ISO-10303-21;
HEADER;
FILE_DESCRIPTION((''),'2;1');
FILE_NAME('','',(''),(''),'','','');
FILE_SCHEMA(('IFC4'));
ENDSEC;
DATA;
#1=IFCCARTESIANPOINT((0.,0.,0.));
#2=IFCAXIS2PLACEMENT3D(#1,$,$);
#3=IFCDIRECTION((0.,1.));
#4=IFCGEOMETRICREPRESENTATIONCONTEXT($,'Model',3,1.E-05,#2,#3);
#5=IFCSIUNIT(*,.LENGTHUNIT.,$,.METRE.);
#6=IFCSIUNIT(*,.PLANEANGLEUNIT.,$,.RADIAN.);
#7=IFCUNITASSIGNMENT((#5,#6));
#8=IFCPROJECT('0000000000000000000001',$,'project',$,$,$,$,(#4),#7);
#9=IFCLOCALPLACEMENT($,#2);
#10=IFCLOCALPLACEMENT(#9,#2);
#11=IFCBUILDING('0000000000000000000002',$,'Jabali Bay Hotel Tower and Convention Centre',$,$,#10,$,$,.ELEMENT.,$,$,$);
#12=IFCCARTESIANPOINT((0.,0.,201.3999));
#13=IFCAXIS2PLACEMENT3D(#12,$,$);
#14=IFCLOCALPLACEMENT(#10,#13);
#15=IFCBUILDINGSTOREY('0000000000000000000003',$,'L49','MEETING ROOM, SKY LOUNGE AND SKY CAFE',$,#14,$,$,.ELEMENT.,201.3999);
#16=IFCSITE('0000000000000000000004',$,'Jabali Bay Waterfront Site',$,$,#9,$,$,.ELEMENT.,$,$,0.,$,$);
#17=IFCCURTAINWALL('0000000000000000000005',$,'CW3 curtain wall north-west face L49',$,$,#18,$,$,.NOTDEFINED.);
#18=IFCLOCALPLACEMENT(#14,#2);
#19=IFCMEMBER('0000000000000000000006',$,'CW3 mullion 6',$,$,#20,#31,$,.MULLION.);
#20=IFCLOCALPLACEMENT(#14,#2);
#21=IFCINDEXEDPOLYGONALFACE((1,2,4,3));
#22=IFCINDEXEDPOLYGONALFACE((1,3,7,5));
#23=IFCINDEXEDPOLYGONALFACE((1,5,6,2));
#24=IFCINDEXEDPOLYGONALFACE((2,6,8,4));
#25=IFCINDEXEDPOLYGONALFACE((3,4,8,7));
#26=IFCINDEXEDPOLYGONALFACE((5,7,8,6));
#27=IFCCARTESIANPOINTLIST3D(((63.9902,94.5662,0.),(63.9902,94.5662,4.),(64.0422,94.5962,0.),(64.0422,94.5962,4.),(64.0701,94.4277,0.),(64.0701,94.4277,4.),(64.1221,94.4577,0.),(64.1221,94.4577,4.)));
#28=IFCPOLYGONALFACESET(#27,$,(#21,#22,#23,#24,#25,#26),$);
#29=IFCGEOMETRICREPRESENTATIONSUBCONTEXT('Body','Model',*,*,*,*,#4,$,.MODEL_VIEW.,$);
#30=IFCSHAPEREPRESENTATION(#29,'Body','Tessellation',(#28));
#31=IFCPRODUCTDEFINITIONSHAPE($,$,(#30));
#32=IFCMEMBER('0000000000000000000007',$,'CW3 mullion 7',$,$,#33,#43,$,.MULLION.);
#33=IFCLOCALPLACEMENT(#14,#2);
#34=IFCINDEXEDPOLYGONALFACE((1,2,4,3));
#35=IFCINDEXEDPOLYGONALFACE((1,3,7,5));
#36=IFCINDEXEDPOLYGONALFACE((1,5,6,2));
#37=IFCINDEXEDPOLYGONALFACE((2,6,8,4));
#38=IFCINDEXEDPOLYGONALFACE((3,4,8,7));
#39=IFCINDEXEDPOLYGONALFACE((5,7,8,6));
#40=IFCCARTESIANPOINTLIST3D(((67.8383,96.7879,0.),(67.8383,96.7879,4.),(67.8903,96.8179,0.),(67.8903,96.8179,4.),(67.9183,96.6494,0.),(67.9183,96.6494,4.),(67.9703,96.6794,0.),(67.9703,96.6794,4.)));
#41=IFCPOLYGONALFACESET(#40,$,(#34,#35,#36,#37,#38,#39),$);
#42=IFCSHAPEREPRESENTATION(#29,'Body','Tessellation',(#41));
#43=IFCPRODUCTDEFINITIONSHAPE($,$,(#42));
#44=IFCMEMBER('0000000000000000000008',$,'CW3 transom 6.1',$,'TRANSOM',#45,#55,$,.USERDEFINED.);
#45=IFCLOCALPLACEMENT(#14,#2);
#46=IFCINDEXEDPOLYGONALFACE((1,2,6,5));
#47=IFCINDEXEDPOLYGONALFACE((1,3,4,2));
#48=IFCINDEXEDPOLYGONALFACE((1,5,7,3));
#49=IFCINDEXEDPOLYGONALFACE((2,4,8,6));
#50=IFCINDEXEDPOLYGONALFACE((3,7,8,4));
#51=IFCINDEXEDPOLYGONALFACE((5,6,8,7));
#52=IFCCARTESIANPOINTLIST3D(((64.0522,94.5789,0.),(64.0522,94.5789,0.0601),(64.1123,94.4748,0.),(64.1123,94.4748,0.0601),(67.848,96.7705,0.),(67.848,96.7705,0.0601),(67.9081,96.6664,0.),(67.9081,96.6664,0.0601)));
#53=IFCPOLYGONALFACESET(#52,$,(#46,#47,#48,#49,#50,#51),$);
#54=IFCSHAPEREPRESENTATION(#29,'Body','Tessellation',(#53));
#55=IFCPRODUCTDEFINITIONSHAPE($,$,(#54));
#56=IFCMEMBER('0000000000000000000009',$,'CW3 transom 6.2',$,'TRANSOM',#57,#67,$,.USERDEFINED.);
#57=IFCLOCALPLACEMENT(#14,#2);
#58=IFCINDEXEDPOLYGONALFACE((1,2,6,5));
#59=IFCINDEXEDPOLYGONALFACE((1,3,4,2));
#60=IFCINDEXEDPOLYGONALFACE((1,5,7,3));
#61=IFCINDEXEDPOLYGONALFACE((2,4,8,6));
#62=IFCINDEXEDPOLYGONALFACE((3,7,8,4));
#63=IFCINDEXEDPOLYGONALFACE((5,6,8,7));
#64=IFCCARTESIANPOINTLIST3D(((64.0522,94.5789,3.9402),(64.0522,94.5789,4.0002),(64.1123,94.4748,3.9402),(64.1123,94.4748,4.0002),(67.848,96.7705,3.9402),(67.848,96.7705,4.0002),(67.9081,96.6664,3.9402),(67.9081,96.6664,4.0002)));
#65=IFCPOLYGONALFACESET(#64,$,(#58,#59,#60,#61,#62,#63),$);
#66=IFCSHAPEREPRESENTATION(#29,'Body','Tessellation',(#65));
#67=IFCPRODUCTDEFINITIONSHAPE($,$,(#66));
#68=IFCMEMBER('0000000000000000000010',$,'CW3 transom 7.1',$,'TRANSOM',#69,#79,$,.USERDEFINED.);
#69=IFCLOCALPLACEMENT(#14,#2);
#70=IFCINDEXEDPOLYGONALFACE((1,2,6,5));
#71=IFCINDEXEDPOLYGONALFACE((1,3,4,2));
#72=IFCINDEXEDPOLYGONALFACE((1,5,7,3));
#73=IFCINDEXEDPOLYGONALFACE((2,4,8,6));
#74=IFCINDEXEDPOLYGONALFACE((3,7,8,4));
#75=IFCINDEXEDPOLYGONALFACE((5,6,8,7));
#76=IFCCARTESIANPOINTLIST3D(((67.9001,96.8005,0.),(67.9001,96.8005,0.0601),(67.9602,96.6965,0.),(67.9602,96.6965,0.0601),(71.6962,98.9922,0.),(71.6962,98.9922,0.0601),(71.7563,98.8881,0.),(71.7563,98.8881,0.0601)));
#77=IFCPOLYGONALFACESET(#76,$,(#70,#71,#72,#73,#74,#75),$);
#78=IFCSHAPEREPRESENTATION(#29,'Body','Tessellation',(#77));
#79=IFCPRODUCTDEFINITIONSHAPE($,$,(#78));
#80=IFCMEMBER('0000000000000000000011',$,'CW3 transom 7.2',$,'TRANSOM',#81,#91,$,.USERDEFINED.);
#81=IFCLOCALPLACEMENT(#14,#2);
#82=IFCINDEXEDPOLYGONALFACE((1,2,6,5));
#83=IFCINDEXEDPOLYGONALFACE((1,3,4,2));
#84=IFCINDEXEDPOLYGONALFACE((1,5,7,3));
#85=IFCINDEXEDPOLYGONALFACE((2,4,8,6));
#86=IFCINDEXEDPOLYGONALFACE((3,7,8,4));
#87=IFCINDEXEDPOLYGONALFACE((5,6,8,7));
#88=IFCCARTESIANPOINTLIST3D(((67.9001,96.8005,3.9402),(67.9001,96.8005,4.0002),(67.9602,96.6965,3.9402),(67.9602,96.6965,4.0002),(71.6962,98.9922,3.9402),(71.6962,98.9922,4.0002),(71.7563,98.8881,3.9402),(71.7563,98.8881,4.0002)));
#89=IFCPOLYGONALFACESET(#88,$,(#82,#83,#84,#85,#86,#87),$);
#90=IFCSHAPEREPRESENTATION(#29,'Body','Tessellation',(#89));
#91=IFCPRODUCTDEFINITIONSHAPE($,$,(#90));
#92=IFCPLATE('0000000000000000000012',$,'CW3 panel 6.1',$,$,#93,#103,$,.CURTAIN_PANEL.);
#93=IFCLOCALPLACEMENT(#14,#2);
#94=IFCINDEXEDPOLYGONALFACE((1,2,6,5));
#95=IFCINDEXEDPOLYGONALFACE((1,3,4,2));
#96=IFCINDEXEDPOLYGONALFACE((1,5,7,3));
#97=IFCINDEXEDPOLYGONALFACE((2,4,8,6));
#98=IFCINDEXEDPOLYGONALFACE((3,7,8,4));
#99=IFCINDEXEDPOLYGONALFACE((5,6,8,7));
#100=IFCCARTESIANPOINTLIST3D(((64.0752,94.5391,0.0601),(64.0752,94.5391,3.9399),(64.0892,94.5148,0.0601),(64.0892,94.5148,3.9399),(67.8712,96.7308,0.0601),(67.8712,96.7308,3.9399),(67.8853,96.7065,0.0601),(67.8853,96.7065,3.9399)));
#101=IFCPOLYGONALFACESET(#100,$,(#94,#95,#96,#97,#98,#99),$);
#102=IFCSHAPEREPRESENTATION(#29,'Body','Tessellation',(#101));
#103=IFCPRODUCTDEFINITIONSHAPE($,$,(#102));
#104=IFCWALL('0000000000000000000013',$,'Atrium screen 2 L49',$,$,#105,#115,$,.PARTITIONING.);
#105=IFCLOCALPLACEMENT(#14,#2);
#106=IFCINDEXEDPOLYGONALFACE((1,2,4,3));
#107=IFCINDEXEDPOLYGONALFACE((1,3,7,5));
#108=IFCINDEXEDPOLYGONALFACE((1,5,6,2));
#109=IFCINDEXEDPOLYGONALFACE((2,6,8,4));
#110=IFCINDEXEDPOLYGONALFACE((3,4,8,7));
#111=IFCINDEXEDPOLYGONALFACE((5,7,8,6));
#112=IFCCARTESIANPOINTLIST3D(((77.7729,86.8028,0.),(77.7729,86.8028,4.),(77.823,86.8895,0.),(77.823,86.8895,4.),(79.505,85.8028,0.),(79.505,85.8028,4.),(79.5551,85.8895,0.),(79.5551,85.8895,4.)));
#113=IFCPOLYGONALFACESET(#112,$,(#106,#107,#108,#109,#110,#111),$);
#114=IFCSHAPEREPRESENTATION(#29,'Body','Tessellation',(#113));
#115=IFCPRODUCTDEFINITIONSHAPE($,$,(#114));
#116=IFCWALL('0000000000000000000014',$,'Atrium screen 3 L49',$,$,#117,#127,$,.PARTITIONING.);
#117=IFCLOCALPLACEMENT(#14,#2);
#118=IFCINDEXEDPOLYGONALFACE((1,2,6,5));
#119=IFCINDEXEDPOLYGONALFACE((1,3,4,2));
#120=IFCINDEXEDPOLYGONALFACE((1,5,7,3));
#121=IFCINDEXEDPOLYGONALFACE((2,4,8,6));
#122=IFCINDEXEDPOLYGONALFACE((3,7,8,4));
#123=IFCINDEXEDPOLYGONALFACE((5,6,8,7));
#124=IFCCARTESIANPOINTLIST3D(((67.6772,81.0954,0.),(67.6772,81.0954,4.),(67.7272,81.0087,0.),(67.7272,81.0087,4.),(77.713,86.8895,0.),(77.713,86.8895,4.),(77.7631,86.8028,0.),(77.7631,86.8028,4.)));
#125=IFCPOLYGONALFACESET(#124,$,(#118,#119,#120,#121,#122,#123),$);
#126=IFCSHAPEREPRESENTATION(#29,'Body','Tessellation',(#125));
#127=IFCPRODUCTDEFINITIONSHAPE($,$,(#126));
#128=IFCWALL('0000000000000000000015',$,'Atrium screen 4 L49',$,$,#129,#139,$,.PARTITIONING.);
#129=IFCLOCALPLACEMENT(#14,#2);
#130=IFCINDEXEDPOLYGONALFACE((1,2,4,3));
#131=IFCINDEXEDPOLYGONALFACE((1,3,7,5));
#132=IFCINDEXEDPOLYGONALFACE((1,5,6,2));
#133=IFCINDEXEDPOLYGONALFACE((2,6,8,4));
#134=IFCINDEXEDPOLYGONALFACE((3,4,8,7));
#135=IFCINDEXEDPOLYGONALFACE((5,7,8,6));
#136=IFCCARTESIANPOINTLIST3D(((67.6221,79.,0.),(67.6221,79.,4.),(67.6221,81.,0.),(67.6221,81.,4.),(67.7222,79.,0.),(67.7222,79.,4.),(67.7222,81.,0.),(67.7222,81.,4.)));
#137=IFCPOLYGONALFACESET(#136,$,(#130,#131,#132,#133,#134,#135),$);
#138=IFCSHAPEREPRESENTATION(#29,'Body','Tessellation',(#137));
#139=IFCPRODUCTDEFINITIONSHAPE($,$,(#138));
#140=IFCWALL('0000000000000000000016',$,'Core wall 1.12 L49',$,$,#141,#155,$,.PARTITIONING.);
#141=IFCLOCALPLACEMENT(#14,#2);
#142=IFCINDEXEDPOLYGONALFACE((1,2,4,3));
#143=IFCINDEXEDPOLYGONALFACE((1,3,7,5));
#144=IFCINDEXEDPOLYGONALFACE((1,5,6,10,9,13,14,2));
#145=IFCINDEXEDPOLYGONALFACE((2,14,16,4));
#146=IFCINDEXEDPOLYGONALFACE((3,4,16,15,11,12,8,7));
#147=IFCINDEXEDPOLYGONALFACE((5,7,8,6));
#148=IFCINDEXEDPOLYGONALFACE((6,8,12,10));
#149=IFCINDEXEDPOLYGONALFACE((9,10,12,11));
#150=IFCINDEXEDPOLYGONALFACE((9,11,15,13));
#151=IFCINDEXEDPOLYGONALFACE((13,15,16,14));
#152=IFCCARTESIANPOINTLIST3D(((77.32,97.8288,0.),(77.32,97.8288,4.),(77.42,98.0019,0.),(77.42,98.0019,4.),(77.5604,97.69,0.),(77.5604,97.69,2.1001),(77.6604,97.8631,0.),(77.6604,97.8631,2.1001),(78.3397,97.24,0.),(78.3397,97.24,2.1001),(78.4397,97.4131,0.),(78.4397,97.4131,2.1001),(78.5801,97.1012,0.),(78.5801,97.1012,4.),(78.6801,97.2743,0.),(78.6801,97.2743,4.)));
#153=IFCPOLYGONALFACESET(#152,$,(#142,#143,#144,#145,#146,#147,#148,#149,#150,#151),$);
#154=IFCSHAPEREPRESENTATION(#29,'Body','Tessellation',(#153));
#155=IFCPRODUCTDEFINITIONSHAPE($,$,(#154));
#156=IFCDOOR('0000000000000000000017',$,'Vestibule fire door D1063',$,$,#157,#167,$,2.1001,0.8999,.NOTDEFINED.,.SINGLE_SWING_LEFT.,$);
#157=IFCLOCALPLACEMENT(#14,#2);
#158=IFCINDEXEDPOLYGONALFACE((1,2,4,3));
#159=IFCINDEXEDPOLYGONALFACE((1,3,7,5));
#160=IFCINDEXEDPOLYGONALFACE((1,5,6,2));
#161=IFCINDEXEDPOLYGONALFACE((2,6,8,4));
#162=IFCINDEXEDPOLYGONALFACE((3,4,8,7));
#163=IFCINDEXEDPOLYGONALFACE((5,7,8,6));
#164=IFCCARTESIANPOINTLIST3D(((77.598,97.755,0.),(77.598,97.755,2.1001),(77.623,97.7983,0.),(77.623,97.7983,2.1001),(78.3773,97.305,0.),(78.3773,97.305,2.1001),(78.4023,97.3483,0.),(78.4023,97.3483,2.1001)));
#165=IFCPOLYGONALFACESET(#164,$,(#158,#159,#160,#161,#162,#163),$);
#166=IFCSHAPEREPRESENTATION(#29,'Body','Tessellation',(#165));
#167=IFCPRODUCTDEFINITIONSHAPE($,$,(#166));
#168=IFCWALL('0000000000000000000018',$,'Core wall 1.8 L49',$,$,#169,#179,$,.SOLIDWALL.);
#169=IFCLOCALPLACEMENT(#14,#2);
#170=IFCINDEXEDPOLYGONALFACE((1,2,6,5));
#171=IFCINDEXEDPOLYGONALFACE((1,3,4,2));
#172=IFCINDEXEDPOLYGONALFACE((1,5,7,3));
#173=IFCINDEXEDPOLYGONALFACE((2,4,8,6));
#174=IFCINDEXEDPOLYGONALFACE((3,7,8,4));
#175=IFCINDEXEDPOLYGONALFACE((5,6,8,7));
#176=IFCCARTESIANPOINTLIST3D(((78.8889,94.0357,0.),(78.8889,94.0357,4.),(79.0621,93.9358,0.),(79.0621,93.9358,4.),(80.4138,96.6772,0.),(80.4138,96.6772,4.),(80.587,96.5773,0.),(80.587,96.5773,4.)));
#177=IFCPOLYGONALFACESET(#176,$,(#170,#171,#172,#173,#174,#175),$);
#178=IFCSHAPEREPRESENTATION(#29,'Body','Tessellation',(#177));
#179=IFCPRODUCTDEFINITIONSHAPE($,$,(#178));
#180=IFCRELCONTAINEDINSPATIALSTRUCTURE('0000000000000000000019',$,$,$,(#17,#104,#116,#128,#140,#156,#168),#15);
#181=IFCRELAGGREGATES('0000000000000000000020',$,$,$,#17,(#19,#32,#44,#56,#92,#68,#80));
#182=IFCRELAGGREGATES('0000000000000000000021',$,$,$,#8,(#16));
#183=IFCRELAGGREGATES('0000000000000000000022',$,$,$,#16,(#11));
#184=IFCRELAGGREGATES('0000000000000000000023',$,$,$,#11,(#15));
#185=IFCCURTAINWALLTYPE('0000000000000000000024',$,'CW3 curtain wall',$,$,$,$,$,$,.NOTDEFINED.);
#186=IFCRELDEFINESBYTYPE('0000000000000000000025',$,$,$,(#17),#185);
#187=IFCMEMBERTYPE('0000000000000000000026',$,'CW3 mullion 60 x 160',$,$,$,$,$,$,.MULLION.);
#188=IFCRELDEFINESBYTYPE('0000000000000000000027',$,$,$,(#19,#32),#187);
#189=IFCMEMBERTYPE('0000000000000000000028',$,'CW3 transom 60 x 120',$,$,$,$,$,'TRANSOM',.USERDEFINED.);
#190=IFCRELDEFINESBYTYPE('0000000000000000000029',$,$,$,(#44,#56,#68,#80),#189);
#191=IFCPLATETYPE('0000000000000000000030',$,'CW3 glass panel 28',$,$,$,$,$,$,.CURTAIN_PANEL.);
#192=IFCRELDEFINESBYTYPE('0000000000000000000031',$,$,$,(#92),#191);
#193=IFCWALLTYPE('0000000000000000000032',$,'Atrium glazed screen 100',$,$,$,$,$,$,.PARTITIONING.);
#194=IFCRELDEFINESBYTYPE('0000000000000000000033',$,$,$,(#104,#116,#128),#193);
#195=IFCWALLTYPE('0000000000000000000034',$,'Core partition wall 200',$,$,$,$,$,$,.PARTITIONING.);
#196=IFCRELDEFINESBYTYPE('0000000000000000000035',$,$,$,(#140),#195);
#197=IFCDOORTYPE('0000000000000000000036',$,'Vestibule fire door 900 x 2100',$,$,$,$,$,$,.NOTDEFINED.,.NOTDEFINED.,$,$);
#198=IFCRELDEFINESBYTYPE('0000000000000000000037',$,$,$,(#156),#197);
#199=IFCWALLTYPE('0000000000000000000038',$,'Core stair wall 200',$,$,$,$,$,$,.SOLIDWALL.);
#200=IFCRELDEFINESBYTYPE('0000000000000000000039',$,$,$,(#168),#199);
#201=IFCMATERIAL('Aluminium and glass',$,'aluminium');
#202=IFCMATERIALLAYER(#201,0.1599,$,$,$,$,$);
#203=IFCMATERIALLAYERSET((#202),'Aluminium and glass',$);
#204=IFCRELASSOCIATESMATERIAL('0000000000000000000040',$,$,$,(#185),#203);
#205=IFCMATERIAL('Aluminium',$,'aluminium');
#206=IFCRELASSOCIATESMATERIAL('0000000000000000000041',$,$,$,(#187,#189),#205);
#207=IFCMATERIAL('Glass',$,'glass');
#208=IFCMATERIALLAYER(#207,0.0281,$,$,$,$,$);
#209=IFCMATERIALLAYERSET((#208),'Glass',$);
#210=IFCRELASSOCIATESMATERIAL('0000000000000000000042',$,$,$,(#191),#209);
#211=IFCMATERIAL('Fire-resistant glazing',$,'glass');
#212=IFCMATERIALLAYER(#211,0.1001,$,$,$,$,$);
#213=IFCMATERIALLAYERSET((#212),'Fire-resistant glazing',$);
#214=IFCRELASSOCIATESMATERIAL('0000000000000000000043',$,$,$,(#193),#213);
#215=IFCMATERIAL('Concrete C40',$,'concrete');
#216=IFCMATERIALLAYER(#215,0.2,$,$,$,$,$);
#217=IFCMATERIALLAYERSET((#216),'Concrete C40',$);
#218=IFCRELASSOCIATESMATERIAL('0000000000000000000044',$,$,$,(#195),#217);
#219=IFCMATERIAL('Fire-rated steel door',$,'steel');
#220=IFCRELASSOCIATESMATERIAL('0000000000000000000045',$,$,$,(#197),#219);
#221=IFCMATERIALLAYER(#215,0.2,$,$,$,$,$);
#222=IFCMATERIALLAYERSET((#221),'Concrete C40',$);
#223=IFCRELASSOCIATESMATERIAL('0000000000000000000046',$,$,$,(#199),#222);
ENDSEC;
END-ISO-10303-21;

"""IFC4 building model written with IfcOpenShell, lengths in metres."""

from ifc_helpers import new_model, si_unit, direction, frame, frame_2d, origin, origin_2d, place, context, subcontext, project, spatial, rectangle, extrude, material, layer, layer_set, material_profile, profile_set, type_object, element, fill, aggregate, save


model = new_model("IFC4")

# Units and contexts
model_context = context("Model", 3, precision=1e-05, world=origin(), true_north=direction((0.0, 1.0)))
body_context = subcontext(model_context, "Body", "Model", "MODEL_VIEW")
ifc_project = project(units=[si_unit("LENGTHUNIT", "METRE"), si_unit("PLANEANGLEUNIT", "RADIAN")], contexts=[model_context])

# Site, building, storey
site_placement = place(None, origin())
site = spatial("IfcSite", under=ifc_project, at=site_placement, Name="Jabali Bay Waterfront Site", CompositionType="ELEMENT", RefElevation=0.0)
building_placement = place(site_placement, origin())
building = spatial("IfcBuilding", under=site, at=building_placement, Name="Jabali Bay Hotel Tower and Convention Centre", CompositionType="ELEMENT")
storey_placement = place(building_placement, frame((0.0, 0.0, 201.3999)))
storey = spatial("IfcBuildingStorey", under=building, at=storey_placement, Name="L49", Description="MEETING ROOM, SKY LOUNGE AND SKY CAFE", CompositionType="ELEMENT", Elevation=201.3999)

# Curtain wall, members, plate
ifc_material_1 = material(Name="Aluminium and glass", Category="aluminium")
ifc_layer_1 = layer(ifc_material_1, 0.1599)
ifc_layer_set_1 = layer_set([ifc_layer_1], Name="Aluminium and glass")
curtain_wall_type = type_object("IfcCurtainWallType", Name="CW3 curtain wall", PredefinedType="NOTDEFINED", material=ifc_layer_set_1)
curtain_wall_placement = place(storey_placement, origin())
curtain_wall = element("IfcCurtainWall", 1, at=curtain_wall_placement, inside=storey, type_object=curtain_wall_type, Name="CW3 curtain wall north-west face L49", PredefinedType="NOTDEFINED")
ifc_material_2 = material(Name="Aluminium", Category="aluminium")
ifc_material_profile_1 = material_profile(ifc_material_2, rectangle(XDim=0.1599, YDim=0.0601, at=origin_2d()), Name="CW3 mullion 60 x 160")
ifc_profile_set_1 = profile_set([ifc_material_profile_1], Name="Aluminium")
member_type_1 = type_object("IfcMemberType", Name="CW3 mullion 60 x 160", PredefinedType="MULLION", material=ifc_profile_set_1)
member_1_placement = place(storey_placement, frame((64.0562, 94.512, 0.0), z_axis=(0.0, 0.0, 1.0), x_axis=(-0.5, 0.866025, 0.0)))
member_1 = element("IfcMember", 2, at=member_1_placement, type_object=member_type_1, Name="CW3 mullion 6", PredefinedType="MULLION", context=body_context, shape_type="SweptSolid", body=[
    extrude(rectangle(XDim=0.1599, YDim=0.0601, at=origin_2d()), origin(), (0.0, 0.0, 1.0), 4.0),
])
member_2_placement = place(storey_placement, frame((67.9043, 96.7336, 0.0), z_axis=(0.0, 0.0, 1.0), x_axis=(-0.5, 0.866025, 0.0)))
member_2 = element("IfcMember", 3, at=member_2_placement, type_object=member_type_1, Name="CW3 mullion 7", PredefinedType="MULLION", context=body_context, shape_type="SweptSolid", body=[
    extrude(rectangle(XDim=0.1599, YDim=0.0601, at=origin_2d()), origin(), (0.0, 0.0, 1.0), 4.0),
])
ifc_material_profile_2 = material_profile(ifc_material_2, rectangle(XDim=0.1201, YDim=0.0601, at=origin_2d()), Name="CW3 transom 60 x 120")
ifc_profile_set_2 = profile_set([ifc_material_profile_2], Name="Aluminium")
member_type_2 = type_object("IfcMemberType", Name="CW3 transom 60 x 120", ElementType="TRANSOM", PredefinedType="USERDEFINED", material=ifc_profile_set_2)
member_3_placement = place(storey_placement, frame((64.0823, 94.5269, 0.03), z_axis=(0.866017, 0.500015, 0.0), x_axis=(-0.500015, 0.866017, 0.0)))
member_3 = element("IfcMember", 4, at=member_3_placement, type_object=member_type_2, Name="CW3 transom 6.1", ObjectType="TRANSOM", PredefinedType="USERDEFINED", context=body_context, shape_type="SweptSolid", body=[
    extrude(rectangle(XDim=0.1201, YDim=0.0601, at=origin_2d()), origin(), (0.0, 0.0, 1.0), 4.3831),
])
member_4_placement = place(storey_placement, frame((64.0823, 94.5269, 3.9702), z_axis=(0.866017, 0.500015, 0.0), x_axis=(-0.500015, 0.866017, 0.0)))
member_4 = element("IfcMember", 5, at=member_4_placement, type_object=member_type_2, Name="CW3 transom 6.2", ObjectType="TRANSOM", PredefinedType="USERDEFINED", context=body_context, shape_type="SweptSolid", body=[
    extrude(rectangle(XDim=0.1201, YDim=0.0601, at=origin_2d()), origin(), (0.0, 0.0, 1.0), 4.3831),
])
member_5_placement = place(storey_placement, frame((67.9302, 96.7485, 0.03), z_axis=(0.866031, 0.499991, 0.0), x_axis=(-0.499991, 0.866031, 0.0)))
member_5 = element("IfcMember", 6, at=member_5_placement, type_object=member_type_2, Name="CW3 transom 7.1", ObjectType="TRANSOM", PredefinedType="USERDEFINED", context=body_context, shape_type="SweptSolid", body=[
    extrude(rectangle(XDim=0.1201, YDim=0.0601, at=origin_2d()), origin(), (0.0, 0.0, 1.0), 4.3833),
])
member_6_placement = place(storey_placement, frame((67.9302, 96.7485, 3.9702), z_axis=(0.866031, 0.499991, 0.0), x_axis=(-0.499991, 0.866031, 0.0)))
member_6 = element("IfcMember", 7, at=member_6_placement, type_object=member_type_2, Name="CW3 transom 7.2", ObjectType="TRANSOM", PredefinedType="USERDEFINED", context=body_context, shape_type="SweptSolid", body=[
    extrude(rectangle(XDim=0.1201, YDim=0.0601, at=origin_2d()), origin(), (0.0, 0.0, 1.0), 4.3833),
])
ifc_material_3 = material(Name="Glass", Category="glass")
ifc_layer_2 = layer(ifc_material_3, 0.0281)
ifc_layer_set_2 = layer_set([ifc_layer_2], Name="Glass")
plate_type = type_object("IfcPlateType", Name="CW3 glass panel 28", PredefinedType="CURTAIN_PANEL", material=ifc_layer_set_2)
plate_placement = place(storey_placement, frame((65.9802, 95.6228, 0.0601), z_axis=(0.0, 0.0, 1.0), x_axis=(0.866025, 0.5, 0.0)))
plate = element("IfcPlate", 8, at=plate_placement, type_object=plate_type, Name="CW3 panel 6.1", PredefinedType="CURTAIN_PANEL", context=body_context, shape_type="SweptSolid", body=[
    extrude(rectangle(XDim=4.3833, YDim=0.0281, at=origin_2d()), origin(), (0.0, 0.0, 1.0), 3.8799),
])
aggregate(curtain_wall, [member_1, member_2, member_3, member_4, plate, member_5, member_6])

# Walls
ifc_material_4 = material(Name="Fire-resistant glazing", Category="glass")
ifc_layer_3 = layer(ifc_material_4, 0.1001)
ifc_layer_set_3 = layer_set([ifc_layer_3], Name="Fire-resistant glazing")
wall_type_1 = type_object("IfcWallType", Name="Atrium glazed screen 100", PredefinedType="PARTITIONING", material=ifc_layer_set_3)
wall_1_placement = place(storey_placement, frame((79.53, 85.8462, 0.0), z_axis=(0.0, 0.0, 1.0), x_axis=(-0.866041, 0.499973, 0.0)))
element("IfcWall", 9, at=wall_1_placement, inside=storey, type_object=wall_type_1, Name="Atrium screen 2 L49", PredefinedType="PARTITIONING", context=body_context, shape_type="SweptSolid", body=[
    extrude(rectangle(XDim=2.0, YDim=0.1001, at=frame_2d((1.0, 0.0))), origin(), (0.0, 0.0, 1.0), 4.0),
])
wall_2_placement = place(storey_placement, frame((77.738, 86.8462, 0.0), z_axis=(0.0, 0.0, 1.0), x_axis=(-0.866027, -0.499998, 0.0)))
element("IfcWall", 10, at=wall_2_placement, inside=storey, type_object=wall_type_1, Name="Atrium screen 3 L49", PredefinedType="PARTITIONING", context=body_context, shape_type="SweptSolid", body=[
    extrude(rectangle(XDim=11.5884, YDim=0.1001, at=frame_2d((5.7942, 0.0))), origin(), (0.0, 0.0, 1.0), 4.0),
])
wall_3_placement = place(storey_placement, frame((67.6721, 81.0, 0.0), z_axis=(0.0, 0.0, 1.0), x_axis=(0.0, -1.0, 0.0)))
element("IfcWall", 11, at=wall_3_placement, inside=storey, type_object=wall_type_1, Name="Atrium screen 4 L49", PredefinedType="PARTITIONING", context=body_context, shape_type="SweptSolid", body=[
    extrude(rectangle(XDim=2.0, YDim=0.1001, at=frame_2d((1.0, 0.0))), origin(), (0.0, 0.0, 1.0), 4.0),
])

# Wall, opening, door
ifc_material_5 = material(Name="Concrete C40", Category="concrete")
ifc_layer_4 = layer(ifc_material_5, 0.2)
ifc_layer_set_4 = layer_set([ifc_layer_4], Name="Concrete C40")
wall_type_2 = type_object("IfcWallType", Name="Core partition wall 200", PredefinedType="PARTITIONING", material=ifc_layer_set_4)
wall_4_placement = place(storey_placement, frame((78.6301, 97.1877, 0.0), z_axis=(0.0, 0.0, 1.0), x_axis=(-0.866004, 0.500037, 0.0)))
wall_4 = element("IfcWall", 12, at=wall_4_placement, inside=storey, type_object=wall_type_2, Name="Core wall 1.12 L49", PredefinedType="PARTITIONING", context=body_context, shape_type="SweptSolid", body=[
    extrude(rectangle(XDim=1.4551, YDim=0.2, at=frame_2d((0.7275, 0.0))), origin(), (0.0, 0.0, 1.0), 4.0),
])
opening_1_placement = place(wall_4_placement, frame((0.2776, 0.0, 0.0)))
opening_1 = element("IfcOpeningElement", 13, at=opening_1_placement, cuts=wall_4, PredefinedType="OPENING", context=body_context, shape_type="SweptSolid", body=[
    extrude(rectangle(XDim=0.8999, YDim=2.1001, at=frame_2d((0.45, 1.05))), frame((0.0, 0.1104, 0.0), z_axis=(0.0, -1.0, 0.0), x_axis=(1.0, 0.0, 0.0)), (0.0, 0.0, 1.0), 0.2209),
])
ifc_material_6 = material(Name="Fire-rated steel door", Category="steel")
door_type_1 = type_object("IfcDoorType", Name="Vestibule fire door 900 x 2100", OperationType="NOTDEFINED", PredefinedType="NOTDEFINED", material=ifc_material_6)
door_1_placement = place(opening_1_placement, origin())
door_1 = element("IfcDoor", 14, at=door_1_placement, inside=storey, type_object=door_type_1, Name="Vestibule fire door D1063", OperationType="SINGLE_SWING_LEFT", OverallHeight=2.1001, OverallWidth=0.8999, PredefinedType="NOTDEFINED", context=body_context, shape_type="SweptSolid", body=[
    extrude(rectangle(XDim=0.8999, YDim=2.1001, at=frame_2d((0.45, 1.05))), frame((0.0, 0.0249, 0.0), z_axis=(0.0, -1.0, 0.0), x_axis=(1.0, 0.0, 0.0)), (0.0, 0.0, 1.0), 0.05),
])
fill(opening_1, door_1)

# Wall
ifc_layer_5 = layer(ifc_material_5, 0.2)
ifc_layer_set_5 = layer_set([ifc_layer_5], Name="Concrete C40")
wall_type_3 = type_object("IfcWallType", Name="Core stair wall 200", PredefinedType="SOLIDWALL", material=ifc_layer_set_5)
for number, where, z_axis, x_axis, name in (
    (15, (78.9756, 93.9858, 0.0), (0.0, 0.0, 1.0), (0.499944, 0.866058, 0.0), "Core wall 1.8 L49"),
):
    element("IfcWall", number, at=place(storey_placement, frame(where, z_axis=z_axis, x_axis=x_axis)), inside=storey, type_object=wall_type_3, Name=name, PredefinedType="SOLIDWALL", context=body_context, shape_type="SweptSolid", body=[
        extrude(rectangle(XDim=3.05, YDim=0.2, at=frame_2d((1.5249, 0.0))), origin(), (0.0, 0.0, 1.0), 4.0),
    ])

save(model, "model.ifc")
